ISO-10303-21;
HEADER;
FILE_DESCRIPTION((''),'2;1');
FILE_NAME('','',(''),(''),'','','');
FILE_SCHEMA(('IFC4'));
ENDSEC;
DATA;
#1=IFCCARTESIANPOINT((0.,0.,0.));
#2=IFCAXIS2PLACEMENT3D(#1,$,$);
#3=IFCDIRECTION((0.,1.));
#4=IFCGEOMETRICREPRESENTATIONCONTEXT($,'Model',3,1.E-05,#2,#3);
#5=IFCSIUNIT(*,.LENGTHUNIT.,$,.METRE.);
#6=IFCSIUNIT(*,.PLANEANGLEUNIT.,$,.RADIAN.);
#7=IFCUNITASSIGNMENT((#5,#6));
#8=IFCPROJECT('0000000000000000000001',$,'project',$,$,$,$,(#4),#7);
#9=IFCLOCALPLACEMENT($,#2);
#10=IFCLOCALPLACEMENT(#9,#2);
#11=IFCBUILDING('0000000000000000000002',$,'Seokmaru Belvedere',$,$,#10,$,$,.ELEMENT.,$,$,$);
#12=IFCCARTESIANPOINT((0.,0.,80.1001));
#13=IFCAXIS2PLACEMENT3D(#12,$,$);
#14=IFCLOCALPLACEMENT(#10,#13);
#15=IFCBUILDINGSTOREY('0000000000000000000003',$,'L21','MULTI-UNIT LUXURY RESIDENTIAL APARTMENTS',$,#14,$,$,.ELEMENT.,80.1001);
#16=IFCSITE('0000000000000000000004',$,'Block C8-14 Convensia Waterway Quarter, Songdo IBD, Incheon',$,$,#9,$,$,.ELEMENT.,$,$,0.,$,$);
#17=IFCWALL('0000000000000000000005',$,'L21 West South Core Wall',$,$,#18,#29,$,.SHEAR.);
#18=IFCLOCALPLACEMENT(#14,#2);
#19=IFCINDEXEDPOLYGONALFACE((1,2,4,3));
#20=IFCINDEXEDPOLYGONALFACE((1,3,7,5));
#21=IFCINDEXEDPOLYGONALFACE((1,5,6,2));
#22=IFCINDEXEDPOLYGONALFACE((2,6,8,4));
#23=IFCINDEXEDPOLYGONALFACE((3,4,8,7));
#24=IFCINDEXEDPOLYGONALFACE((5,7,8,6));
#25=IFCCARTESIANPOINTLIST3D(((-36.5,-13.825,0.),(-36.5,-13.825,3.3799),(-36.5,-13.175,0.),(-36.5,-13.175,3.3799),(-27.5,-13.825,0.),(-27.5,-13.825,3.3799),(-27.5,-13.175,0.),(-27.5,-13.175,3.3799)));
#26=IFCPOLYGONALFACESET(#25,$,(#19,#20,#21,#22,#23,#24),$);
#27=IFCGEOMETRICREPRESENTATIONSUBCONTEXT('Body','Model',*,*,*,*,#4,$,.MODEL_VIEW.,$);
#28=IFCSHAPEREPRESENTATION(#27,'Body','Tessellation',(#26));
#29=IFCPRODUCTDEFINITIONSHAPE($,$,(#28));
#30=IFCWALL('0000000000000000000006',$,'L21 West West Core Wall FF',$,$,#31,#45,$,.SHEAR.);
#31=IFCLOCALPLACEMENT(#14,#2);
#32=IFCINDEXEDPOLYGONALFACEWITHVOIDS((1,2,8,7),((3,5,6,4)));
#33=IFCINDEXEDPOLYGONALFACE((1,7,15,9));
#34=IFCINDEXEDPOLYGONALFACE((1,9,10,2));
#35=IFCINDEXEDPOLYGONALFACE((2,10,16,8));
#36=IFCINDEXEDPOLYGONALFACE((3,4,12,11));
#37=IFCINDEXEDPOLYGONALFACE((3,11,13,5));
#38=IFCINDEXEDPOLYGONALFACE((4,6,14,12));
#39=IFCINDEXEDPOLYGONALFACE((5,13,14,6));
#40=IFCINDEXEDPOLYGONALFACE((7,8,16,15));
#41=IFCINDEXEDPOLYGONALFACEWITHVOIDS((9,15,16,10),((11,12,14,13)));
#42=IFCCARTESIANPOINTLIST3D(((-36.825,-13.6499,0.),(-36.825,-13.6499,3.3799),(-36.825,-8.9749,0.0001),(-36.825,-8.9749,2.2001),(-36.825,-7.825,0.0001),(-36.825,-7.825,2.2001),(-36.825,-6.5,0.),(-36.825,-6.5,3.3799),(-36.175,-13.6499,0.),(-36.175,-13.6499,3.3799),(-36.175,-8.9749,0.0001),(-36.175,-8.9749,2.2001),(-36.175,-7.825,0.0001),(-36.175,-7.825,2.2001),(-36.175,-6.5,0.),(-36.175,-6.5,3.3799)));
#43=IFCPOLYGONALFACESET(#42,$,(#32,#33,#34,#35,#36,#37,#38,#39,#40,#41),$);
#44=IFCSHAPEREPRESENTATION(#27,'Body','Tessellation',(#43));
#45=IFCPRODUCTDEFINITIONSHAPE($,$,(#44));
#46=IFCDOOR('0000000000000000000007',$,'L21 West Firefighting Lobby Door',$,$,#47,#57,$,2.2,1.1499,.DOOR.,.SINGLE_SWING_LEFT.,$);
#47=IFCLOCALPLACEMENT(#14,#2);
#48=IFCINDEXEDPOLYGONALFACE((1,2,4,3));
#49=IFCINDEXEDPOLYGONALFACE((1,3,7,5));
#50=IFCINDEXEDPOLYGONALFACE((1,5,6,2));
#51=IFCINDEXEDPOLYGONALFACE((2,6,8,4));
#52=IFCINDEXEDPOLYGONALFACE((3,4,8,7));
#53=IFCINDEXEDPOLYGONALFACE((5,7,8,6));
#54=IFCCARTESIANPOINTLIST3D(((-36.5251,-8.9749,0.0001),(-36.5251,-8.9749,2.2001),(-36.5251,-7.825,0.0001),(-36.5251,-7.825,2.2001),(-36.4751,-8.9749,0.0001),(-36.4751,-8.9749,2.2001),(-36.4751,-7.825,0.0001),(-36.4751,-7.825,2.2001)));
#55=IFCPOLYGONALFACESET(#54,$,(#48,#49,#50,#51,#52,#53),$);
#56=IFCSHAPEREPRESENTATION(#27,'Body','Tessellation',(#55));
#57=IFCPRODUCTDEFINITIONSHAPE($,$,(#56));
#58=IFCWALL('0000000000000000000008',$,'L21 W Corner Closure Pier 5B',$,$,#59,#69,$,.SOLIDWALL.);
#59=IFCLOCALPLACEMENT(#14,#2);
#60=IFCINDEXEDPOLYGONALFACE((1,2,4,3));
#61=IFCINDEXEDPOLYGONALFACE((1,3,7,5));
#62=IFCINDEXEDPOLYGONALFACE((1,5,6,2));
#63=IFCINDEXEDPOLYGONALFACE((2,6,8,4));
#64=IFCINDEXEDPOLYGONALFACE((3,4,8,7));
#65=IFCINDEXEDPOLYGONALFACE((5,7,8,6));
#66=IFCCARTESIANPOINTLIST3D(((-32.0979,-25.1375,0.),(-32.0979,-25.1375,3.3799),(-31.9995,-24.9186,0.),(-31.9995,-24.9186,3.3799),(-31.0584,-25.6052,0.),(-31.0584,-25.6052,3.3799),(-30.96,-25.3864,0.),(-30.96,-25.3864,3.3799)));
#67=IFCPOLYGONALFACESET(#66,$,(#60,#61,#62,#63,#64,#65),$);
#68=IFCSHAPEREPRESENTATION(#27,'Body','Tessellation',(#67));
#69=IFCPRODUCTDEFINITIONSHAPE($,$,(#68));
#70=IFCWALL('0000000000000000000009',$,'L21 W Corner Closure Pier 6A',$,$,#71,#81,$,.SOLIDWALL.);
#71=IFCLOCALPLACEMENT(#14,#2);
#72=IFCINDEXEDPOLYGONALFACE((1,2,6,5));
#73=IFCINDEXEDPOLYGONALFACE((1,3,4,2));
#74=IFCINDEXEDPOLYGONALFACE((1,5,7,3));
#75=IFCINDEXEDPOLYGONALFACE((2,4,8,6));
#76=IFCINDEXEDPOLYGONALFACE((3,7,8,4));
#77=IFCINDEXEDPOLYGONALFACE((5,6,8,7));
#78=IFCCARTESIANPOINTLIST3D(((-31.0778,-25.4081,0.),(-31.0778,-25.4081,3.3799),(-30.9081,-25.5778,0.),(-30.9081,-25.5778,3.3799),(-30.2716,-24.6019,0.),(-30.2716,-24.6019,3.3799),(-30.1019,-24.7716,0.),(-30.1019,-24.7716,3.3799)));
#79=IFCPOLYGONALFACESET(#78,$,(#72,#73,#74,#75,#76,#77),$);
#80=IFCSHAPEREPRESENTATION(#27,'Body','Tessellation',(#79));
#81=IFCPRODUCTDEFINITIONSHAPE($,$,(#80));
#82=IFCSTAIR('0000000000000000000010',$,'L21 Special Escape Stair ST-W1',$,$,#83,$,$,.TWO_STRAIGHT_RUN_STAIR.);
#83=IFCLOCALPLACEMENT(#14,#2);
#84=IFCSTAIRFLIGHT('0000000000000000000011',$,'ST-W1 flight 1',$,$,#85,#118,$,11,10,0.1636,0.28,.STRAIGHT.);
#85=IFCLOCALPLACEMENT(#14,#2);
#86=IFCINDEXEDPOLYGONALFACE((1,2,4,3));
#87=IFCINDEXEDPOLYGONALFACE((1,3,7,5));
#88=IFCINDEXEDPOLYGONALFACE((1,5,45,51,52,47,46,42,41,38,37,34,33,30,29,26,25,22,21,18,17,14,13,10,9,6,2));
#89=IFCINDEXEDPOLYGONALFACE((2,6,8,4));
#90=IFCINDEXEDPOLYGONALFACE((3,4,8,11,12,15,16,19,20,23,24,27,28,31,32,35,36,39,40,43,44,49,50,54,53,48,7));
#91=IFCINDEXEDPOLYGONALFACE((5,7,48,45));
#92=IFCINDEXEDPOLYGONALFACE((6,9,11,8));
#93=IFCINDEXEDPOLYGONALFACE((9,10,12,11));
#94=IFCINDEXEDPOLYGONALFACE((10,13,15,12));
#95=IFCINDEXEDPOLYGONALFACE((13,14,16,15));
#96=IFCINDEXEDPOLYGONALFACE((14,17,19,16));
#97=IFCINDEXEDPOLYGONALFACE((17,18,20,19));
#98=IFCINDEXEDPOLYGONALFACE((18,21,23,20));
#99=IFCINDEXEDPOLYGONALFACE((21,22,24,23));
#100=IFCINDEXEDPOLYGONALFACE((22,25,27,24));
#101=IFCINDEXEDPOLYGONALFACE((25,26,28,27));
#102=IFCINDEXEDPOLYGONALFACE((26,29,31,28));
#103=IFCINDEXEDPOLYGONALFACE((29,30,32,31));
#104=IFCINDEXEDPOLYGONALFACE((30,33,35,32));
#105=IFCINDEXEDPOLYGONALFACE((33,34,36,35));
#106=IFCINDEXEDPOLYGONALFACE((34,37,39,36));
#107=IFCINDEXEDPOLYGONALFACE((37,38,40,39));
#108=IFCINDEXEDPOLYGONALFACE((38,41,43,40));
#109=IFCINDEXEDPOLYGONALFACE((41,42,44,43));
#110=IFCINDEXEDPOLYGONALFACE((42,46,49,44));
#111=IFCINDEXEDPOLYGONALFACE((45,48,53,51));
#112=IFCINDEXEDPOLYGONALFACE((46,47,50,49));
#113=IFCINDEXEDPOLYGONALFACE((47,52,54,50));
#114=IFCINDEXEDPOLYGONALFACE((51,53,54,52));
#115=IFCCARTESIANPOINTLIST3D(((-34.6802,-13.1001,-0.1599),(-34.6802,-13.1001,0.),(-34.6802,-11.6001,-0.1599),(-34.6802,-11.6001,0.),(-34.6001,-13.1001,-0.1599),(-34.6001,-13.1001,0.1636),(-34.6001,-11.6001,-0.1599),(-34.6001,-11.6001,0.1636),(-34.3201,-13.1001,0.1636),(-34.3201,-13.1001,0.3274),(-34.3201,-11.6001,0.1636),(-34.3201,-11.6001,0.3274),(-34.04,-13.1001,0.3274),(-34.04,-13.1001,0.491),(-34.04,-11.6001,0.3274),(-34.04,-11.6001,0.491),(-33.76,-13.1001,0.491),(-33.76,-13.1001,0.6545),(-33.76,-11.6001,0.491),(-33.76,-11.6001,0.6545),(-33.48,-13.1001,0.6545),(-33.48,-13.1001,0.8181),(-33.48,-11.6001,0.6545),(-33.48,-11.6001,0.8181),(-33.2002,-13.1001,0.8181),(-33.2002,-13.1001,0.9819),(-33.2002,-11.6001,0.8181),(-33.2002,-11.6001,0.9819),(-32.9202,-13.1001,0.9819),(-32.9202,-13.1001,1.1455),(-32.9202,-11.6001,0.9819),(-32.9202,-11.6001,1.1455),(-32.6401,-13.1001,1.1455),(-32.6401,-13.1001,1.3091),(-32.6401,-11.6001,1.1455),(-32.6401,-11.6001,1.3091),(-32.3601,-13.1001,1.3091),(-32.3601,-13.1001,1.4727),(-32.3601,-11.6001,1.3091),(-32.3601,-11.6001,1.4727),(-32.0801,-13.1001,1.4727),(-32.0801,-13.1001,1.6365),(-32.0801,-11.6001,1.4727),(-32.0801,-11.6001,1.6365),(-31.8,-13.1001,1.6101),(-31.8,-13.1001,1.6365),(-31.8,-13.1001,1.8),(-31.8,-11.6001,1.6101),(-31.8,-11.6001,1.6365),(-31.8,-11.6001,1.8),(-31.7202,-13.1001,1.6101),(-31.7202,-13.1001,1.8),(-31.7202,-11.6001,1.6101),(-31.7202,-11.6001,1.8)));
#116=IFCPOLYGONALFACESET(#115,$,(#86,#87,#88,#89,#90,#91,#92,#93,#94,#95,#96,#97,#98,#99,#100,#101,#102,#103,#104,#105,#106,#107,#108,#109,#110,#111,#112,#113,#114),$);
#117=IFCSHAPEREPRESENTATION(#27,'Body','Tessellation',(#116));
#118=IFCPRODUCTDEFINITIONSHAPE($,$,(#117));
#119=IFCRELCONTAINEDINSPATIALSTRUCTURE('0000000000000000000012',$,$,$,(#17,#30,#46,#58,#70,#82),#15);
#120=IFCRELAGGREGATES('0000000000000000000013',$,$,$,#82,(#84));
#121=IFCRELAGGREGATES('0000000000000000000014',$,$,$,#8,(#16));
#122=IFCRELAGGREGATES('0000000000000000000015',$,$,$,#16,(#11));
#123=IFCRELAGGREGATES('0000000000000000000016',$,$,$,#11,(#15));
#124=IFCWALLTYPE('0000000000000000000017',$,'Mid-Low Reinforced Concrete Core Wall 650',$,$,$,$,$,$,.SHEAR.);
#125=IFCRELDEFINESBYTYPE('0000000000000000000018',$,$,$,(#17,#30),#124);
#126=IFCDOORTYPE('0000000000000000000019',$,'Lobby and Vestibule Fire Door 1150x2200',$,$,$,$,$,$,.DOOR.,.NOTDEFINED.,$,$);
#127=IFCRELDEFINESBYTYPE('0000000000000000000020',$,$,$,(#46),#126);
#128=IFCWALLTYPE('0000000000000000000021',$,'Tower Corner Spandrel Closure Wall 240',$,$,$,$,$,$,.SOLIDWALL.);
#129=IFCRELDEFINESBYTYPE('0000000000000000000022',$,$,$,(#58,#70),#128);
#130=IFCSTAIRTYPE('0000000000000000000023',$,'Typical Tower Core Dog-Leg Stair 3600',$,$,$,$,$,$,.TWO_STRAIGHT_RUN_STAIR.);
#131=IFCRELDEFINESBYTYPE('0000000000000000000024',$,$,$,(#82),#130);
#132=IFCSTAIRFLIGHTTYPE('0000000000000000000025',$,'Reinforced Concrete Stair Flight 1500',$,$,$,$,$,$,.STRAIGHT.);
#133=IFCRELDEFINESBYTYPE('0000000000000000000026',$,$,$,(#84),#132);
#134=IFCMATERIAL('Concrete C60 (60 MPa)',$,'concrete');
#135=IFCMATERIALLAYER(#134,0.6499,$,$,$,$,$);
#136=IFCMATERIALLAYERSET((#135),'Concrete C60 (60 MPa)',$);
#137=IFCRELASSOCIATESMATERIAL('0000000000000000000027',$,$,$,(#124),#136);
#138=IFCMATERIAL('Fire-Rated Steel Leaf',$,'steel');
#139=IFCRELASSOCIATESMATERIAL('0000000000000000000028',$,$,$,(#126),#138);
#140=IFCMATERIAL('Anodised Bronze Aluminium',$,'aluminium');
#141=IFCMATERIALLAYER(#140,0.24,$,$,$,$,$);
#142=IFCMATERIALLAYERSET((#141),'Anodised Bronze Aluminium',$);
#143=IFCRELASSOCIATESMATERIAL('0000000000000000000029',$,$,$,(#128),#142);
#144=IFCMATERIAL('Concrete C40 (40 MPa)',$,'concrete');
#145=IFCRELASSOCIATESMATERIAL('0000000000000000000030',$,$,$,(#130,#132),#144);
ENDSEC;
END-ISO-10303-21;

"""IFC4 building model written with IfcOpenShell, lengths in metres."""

from ifc_helpers import new_model, si_unit, direction, frame, frame_2d, origin, place, context, subcontext, project, spatial, polyline, rectangle, outline, extrude, source, transform, mapped, material, layer, layer_set, type_object, type_shapes, element, fill, aggregate, save


model = new_model("IFC4")

# Units and contexts
model_context = context("Model", 3, precision=1e-05, world=origin(), true_north=direction((0.0, 1.0)))
body_context = subcontext(model_context, "Body", "Model", "MODEL_VIEW")
ifc_project = project(units=[si_unit("LENGTHUNIT", "METRE"), si_unit("PLANEANGLEUNIT", "RADIAN")], contexts=[model_context])

# Site, building, storey
site_placement = place(None, origin())
site = spatial("IfcSite", under=ifc_project, at=site_placement, Name="Block C8-14 Convensia Waterway Quarter, Songdo IBD, Incheon", CompositionType="ELEMENT", RefElevation=0.0)
building_placement = place(site_placement, origin())
building = spatial("IfcBuilding", under=site, at=building_placement, Name="Seokmaru Belvedere", CompositionType="ELEMENT")
storey_placement = place(building_placement, frame((0.0, 0.0, 80.1001)))
storey = spatial("IfcBuildingStorey", under=building, at=storey_placement, Name="L21", Description="MULTI-UNIT LUXURY RESIDENTIAL APARTMENTS", CompositionType="ELEMENT", Elevation=80.1001)

# Shared definitions
ifc_material_1 = material(Name="Anodised Bronze Aluminium", Category="aluminium")

# Wall
ifc_material_2 = material(Name="Concrete C60 (60 MPa)", Category="concrete")
ifc_layer_1 = layer(ifc_material_2, 0.6499)
ifc_layer_set_1 = layer_set([ifc_layer_1], Name="Concrete C60 (60 MPa)")
wall_type_1 = type_object("IfcWallType", Name="Mid-Low Reinforced Concrete Core Wall 650", PredefinedType="SHEAR", material=ifc_layer_set_1)
wall_1_placement = place(storey_placement, frame((-36.5, -13.5, 0.0), z_axis=(0.0, 0.0, 1.0), x_axis=(1.0, 0.0, 0.0)))
element("IfcWall", 1, at=wall_1_placement, inside=storey, type_object=wall_type_1, Name="L21 West South Core Wall", PredefinedType="SHEAR", context=body_context, shape_type="SweptSolid", body=[
    extrude(rectangle(XDim=9.0, YDim=0.6499, at=frame_2d((4.5, 0.0))), origin(), (0.0, 0.0, 1.0), 3.3799),
])

# Wall, opening, door
wall_2_placement = place(storey_placement, frame((-36.5, -13.6499, 0.0), z_axis=(0.0, 0.0, 1.0), x_axis=(0.0, 1.0, 0.0)))
wall_2 = element("IfcWall", 2, at=wall_2_placement, inside=storey, type_object=wall_type_1, Name="L21 West West Core Wall FF", PredefinedType="SHEAR", context=body_context, shape_type="SweptSolid", body=[
    extrude(rectangle(XDim=7.1499, YDim=0.6499, at=frame_2d((3.575, 0.0))), origin(), (0.0, 0.0, 1.0), 3.3799),
])
opening_placement = place(wall_2_placement, frame((4.675, 0.0, 0.0)))
opening = element("IfcOpeningElement", 3, at=opening_placement, cuts=wall_2, PredefinedType="OPENING", context=body_context, shape_type="SweptSolid", body=[
    extrude(rectangle(XDim=1.1499, YDim=2.2, at=frame_2d((0.575, 1.1001))), frame((0.0, 0.335, 0.0), z_axis=(0.0, -1.0, 0.0), x_axis=(1.0, 0.0, 0.0)), (0.0, 0.0, 1.0), 0.6699),
])
ifc_material_3 = material(Name="Fire-Rated Steel Leaf", Category="steel")
door_type = type_object("IfcDoorType", Name="Lobby and Vestibule Fire Door 1150x2200", OperationType="NOTDEFINED", PredefinedType="DOOR", material=ifc_material_3)
shared_shape_1 = source(origin(), body_context, "Body", "SweptSolid", [
    extrude(rectangle(XDim=1.1499, YDim=2.2, at=frame_2d((0.575, 1.1001))), frame((0.0, 0.0249, 0.0), z_axis=(0.0, -1.0, 0.0), x_axis=(1.0, 0.0, 0.0)), (0.0, 0.0, 1.0), 0.05),
])
type_shapes(door_type, [shared_shape_1])
door_placement = place(opening_placement, frame((1.1499, 0.0, 0.0), z_axis=(0.0, 0.0, 1.0), x_axis=(-1.0, 0.0, 0.0)))
door = element("IfcDoor", 4, at=door_placement, inside=storey, type_object=door_type, Name="L21 West Firefighting Lobby Door", OperationType="SINGLE_SWING_LEFT", OverallHeight=2.2, OverallWidth=1.1499, PredefinedType="DOOR", context=body_context, shape_type="MappedRepresentation", body=[
    mapped(shared_shape_1, transform((0.0, 0.0, 0.0), scale=1.0)),
])
fill(opening, door)

# Walls
ifc_layer_2 = layer(ifc_material_1, 0.24)
ifc_layer_set_2 = layer_set([ifc_layer_2], Name="Anodised Bronze Aluminium")
wall_type_2 = type_object("IfcWallType", Name="Tower Corner Spandrel Closure Wall 240", PredefinedType="SOLIDWALL", material=ifc_layer_set_2)
wall_3_placement = place(storey_placement, frame((-32.0486, -25.0281, 0.0), z_axis=(0.0, 0.0, 1.0), x_axis=(0.91193, -0.410347, 0.0)))
element("IfcWall", 5, at=wall_3_placement, inside=storey, type_object=wall_type_2, Name="L21 W Corner Closure Pier 5B", PredefinedType="SOLIDWALL", context=body_context, shape_type="SweptSolid", body=[
    extrude(rectangle(XDim=1.1399, YDim=0.24, at=frame_2d((0.5698, 0.0))), origin(), (0.0, 0.0, 1.0), 3.3799),
])
wall_4_placement = place(storey_placement, frame((-30.9929, -25.4929, 0.0), z_axis=(0.0, 0.0, 1.0), x_axis=(0.707107, 0.707107, 0.0)))
element("IfcWall", 6, at=wall_4_placement, inside=storey, type_object=wall_type_2, Name="L21 W Corner Closure Pier 6A", PredefinedType="SOLIDWALL", context=body_context, shape_type="SweptSolid", body=[
    extrude(rectangle(XDim=1.1401, YDim=0.24, at=frame_2d((0.5701, 0.0))), origin(), (0.0, 0.0, 1.0), 3.3799),
])

# Stair, stair flight
ifc_material_4 = material(Name="Concrete C40 (40 MPa)", Category="concrete")
stair_type = type_object("IfcStairType", Name="Typical Tower Core Dog-Leg Stair 3600", PredefinedType="TWO_STRAIGHT_RUN_STAIR", material=ifc_material_4)
stair_placement = place(storey_placement, origin())
stair = element("IfcStair", 7, at=stair_placement, inside=storey, type_object=stair_type, Name="L21 Special Escape Stair ST-W1", PredefinedType="TWO_STRAIGHT_RUN_STAIR")
stair_flight_type = type_object("IfcStairFlightType", Name="Reinforced Concrete Stair Flight 1500", PredefinedType="STRAIGHT", material=ifc_material_4)
stair_flight_placement = place(storey_placement, frame((-34.6001, -12.3501, 0.0), z_axis=(0.0, 0.0, 1.0), x_axis=(1.0, 0.0, 0.0)))
stair_flight = element("IfcStairFlight", 8, at=stair_flight_placement, type_object=stair_flight_type, Name="ST-W1 flight 1", NumberOfRisers=11, NumberOfTreads=10, PredefinedType="STRAIGHT", RiserHeight=0.1636, TreadLength=0.28, context=body_context, shape_type="SweptSolid", body=[
    extrude(outline(polyline([(-0.0801, 0.0), (0.0, 0.1636), (0.28, 0.1636), (0.28, 0.3274), (0.5601, 0.3274), (0.5601, 0.491), (0.8401, 0.491), (0.8401, 0.6545), (1.1201, 0.6545), (1.1201, 0.8181), (1.3999, 0.8181), (1.3999, 0.9819), (1.6799, 0.9819), (1.6799, 1.1455), (1.96, 1.1455), (1.96, 1.3091), (2.24, 1.3091), (2.24, 1.4727), (2.52, 1.4727), (2.52, 1.6365), (2.8, 1.6365), (2.8, 1.8), (2.8799, 1.8), (2.8799, 1.6101), (2.8, 1.6101), (0.0, -0.1599), (-0.0801, -0.1599), (-0.0801, 0.0)])), frame((0.0, 0.75, 0.0), z_axis=(0.0, -1.0, 0.0), x_axis=(1.0, 0.0, 0.0)), (0.0, 0.0, 1.0), 1.5),
])
aggregate(stair, [stair_flight])

save(model, "model.ifc")
